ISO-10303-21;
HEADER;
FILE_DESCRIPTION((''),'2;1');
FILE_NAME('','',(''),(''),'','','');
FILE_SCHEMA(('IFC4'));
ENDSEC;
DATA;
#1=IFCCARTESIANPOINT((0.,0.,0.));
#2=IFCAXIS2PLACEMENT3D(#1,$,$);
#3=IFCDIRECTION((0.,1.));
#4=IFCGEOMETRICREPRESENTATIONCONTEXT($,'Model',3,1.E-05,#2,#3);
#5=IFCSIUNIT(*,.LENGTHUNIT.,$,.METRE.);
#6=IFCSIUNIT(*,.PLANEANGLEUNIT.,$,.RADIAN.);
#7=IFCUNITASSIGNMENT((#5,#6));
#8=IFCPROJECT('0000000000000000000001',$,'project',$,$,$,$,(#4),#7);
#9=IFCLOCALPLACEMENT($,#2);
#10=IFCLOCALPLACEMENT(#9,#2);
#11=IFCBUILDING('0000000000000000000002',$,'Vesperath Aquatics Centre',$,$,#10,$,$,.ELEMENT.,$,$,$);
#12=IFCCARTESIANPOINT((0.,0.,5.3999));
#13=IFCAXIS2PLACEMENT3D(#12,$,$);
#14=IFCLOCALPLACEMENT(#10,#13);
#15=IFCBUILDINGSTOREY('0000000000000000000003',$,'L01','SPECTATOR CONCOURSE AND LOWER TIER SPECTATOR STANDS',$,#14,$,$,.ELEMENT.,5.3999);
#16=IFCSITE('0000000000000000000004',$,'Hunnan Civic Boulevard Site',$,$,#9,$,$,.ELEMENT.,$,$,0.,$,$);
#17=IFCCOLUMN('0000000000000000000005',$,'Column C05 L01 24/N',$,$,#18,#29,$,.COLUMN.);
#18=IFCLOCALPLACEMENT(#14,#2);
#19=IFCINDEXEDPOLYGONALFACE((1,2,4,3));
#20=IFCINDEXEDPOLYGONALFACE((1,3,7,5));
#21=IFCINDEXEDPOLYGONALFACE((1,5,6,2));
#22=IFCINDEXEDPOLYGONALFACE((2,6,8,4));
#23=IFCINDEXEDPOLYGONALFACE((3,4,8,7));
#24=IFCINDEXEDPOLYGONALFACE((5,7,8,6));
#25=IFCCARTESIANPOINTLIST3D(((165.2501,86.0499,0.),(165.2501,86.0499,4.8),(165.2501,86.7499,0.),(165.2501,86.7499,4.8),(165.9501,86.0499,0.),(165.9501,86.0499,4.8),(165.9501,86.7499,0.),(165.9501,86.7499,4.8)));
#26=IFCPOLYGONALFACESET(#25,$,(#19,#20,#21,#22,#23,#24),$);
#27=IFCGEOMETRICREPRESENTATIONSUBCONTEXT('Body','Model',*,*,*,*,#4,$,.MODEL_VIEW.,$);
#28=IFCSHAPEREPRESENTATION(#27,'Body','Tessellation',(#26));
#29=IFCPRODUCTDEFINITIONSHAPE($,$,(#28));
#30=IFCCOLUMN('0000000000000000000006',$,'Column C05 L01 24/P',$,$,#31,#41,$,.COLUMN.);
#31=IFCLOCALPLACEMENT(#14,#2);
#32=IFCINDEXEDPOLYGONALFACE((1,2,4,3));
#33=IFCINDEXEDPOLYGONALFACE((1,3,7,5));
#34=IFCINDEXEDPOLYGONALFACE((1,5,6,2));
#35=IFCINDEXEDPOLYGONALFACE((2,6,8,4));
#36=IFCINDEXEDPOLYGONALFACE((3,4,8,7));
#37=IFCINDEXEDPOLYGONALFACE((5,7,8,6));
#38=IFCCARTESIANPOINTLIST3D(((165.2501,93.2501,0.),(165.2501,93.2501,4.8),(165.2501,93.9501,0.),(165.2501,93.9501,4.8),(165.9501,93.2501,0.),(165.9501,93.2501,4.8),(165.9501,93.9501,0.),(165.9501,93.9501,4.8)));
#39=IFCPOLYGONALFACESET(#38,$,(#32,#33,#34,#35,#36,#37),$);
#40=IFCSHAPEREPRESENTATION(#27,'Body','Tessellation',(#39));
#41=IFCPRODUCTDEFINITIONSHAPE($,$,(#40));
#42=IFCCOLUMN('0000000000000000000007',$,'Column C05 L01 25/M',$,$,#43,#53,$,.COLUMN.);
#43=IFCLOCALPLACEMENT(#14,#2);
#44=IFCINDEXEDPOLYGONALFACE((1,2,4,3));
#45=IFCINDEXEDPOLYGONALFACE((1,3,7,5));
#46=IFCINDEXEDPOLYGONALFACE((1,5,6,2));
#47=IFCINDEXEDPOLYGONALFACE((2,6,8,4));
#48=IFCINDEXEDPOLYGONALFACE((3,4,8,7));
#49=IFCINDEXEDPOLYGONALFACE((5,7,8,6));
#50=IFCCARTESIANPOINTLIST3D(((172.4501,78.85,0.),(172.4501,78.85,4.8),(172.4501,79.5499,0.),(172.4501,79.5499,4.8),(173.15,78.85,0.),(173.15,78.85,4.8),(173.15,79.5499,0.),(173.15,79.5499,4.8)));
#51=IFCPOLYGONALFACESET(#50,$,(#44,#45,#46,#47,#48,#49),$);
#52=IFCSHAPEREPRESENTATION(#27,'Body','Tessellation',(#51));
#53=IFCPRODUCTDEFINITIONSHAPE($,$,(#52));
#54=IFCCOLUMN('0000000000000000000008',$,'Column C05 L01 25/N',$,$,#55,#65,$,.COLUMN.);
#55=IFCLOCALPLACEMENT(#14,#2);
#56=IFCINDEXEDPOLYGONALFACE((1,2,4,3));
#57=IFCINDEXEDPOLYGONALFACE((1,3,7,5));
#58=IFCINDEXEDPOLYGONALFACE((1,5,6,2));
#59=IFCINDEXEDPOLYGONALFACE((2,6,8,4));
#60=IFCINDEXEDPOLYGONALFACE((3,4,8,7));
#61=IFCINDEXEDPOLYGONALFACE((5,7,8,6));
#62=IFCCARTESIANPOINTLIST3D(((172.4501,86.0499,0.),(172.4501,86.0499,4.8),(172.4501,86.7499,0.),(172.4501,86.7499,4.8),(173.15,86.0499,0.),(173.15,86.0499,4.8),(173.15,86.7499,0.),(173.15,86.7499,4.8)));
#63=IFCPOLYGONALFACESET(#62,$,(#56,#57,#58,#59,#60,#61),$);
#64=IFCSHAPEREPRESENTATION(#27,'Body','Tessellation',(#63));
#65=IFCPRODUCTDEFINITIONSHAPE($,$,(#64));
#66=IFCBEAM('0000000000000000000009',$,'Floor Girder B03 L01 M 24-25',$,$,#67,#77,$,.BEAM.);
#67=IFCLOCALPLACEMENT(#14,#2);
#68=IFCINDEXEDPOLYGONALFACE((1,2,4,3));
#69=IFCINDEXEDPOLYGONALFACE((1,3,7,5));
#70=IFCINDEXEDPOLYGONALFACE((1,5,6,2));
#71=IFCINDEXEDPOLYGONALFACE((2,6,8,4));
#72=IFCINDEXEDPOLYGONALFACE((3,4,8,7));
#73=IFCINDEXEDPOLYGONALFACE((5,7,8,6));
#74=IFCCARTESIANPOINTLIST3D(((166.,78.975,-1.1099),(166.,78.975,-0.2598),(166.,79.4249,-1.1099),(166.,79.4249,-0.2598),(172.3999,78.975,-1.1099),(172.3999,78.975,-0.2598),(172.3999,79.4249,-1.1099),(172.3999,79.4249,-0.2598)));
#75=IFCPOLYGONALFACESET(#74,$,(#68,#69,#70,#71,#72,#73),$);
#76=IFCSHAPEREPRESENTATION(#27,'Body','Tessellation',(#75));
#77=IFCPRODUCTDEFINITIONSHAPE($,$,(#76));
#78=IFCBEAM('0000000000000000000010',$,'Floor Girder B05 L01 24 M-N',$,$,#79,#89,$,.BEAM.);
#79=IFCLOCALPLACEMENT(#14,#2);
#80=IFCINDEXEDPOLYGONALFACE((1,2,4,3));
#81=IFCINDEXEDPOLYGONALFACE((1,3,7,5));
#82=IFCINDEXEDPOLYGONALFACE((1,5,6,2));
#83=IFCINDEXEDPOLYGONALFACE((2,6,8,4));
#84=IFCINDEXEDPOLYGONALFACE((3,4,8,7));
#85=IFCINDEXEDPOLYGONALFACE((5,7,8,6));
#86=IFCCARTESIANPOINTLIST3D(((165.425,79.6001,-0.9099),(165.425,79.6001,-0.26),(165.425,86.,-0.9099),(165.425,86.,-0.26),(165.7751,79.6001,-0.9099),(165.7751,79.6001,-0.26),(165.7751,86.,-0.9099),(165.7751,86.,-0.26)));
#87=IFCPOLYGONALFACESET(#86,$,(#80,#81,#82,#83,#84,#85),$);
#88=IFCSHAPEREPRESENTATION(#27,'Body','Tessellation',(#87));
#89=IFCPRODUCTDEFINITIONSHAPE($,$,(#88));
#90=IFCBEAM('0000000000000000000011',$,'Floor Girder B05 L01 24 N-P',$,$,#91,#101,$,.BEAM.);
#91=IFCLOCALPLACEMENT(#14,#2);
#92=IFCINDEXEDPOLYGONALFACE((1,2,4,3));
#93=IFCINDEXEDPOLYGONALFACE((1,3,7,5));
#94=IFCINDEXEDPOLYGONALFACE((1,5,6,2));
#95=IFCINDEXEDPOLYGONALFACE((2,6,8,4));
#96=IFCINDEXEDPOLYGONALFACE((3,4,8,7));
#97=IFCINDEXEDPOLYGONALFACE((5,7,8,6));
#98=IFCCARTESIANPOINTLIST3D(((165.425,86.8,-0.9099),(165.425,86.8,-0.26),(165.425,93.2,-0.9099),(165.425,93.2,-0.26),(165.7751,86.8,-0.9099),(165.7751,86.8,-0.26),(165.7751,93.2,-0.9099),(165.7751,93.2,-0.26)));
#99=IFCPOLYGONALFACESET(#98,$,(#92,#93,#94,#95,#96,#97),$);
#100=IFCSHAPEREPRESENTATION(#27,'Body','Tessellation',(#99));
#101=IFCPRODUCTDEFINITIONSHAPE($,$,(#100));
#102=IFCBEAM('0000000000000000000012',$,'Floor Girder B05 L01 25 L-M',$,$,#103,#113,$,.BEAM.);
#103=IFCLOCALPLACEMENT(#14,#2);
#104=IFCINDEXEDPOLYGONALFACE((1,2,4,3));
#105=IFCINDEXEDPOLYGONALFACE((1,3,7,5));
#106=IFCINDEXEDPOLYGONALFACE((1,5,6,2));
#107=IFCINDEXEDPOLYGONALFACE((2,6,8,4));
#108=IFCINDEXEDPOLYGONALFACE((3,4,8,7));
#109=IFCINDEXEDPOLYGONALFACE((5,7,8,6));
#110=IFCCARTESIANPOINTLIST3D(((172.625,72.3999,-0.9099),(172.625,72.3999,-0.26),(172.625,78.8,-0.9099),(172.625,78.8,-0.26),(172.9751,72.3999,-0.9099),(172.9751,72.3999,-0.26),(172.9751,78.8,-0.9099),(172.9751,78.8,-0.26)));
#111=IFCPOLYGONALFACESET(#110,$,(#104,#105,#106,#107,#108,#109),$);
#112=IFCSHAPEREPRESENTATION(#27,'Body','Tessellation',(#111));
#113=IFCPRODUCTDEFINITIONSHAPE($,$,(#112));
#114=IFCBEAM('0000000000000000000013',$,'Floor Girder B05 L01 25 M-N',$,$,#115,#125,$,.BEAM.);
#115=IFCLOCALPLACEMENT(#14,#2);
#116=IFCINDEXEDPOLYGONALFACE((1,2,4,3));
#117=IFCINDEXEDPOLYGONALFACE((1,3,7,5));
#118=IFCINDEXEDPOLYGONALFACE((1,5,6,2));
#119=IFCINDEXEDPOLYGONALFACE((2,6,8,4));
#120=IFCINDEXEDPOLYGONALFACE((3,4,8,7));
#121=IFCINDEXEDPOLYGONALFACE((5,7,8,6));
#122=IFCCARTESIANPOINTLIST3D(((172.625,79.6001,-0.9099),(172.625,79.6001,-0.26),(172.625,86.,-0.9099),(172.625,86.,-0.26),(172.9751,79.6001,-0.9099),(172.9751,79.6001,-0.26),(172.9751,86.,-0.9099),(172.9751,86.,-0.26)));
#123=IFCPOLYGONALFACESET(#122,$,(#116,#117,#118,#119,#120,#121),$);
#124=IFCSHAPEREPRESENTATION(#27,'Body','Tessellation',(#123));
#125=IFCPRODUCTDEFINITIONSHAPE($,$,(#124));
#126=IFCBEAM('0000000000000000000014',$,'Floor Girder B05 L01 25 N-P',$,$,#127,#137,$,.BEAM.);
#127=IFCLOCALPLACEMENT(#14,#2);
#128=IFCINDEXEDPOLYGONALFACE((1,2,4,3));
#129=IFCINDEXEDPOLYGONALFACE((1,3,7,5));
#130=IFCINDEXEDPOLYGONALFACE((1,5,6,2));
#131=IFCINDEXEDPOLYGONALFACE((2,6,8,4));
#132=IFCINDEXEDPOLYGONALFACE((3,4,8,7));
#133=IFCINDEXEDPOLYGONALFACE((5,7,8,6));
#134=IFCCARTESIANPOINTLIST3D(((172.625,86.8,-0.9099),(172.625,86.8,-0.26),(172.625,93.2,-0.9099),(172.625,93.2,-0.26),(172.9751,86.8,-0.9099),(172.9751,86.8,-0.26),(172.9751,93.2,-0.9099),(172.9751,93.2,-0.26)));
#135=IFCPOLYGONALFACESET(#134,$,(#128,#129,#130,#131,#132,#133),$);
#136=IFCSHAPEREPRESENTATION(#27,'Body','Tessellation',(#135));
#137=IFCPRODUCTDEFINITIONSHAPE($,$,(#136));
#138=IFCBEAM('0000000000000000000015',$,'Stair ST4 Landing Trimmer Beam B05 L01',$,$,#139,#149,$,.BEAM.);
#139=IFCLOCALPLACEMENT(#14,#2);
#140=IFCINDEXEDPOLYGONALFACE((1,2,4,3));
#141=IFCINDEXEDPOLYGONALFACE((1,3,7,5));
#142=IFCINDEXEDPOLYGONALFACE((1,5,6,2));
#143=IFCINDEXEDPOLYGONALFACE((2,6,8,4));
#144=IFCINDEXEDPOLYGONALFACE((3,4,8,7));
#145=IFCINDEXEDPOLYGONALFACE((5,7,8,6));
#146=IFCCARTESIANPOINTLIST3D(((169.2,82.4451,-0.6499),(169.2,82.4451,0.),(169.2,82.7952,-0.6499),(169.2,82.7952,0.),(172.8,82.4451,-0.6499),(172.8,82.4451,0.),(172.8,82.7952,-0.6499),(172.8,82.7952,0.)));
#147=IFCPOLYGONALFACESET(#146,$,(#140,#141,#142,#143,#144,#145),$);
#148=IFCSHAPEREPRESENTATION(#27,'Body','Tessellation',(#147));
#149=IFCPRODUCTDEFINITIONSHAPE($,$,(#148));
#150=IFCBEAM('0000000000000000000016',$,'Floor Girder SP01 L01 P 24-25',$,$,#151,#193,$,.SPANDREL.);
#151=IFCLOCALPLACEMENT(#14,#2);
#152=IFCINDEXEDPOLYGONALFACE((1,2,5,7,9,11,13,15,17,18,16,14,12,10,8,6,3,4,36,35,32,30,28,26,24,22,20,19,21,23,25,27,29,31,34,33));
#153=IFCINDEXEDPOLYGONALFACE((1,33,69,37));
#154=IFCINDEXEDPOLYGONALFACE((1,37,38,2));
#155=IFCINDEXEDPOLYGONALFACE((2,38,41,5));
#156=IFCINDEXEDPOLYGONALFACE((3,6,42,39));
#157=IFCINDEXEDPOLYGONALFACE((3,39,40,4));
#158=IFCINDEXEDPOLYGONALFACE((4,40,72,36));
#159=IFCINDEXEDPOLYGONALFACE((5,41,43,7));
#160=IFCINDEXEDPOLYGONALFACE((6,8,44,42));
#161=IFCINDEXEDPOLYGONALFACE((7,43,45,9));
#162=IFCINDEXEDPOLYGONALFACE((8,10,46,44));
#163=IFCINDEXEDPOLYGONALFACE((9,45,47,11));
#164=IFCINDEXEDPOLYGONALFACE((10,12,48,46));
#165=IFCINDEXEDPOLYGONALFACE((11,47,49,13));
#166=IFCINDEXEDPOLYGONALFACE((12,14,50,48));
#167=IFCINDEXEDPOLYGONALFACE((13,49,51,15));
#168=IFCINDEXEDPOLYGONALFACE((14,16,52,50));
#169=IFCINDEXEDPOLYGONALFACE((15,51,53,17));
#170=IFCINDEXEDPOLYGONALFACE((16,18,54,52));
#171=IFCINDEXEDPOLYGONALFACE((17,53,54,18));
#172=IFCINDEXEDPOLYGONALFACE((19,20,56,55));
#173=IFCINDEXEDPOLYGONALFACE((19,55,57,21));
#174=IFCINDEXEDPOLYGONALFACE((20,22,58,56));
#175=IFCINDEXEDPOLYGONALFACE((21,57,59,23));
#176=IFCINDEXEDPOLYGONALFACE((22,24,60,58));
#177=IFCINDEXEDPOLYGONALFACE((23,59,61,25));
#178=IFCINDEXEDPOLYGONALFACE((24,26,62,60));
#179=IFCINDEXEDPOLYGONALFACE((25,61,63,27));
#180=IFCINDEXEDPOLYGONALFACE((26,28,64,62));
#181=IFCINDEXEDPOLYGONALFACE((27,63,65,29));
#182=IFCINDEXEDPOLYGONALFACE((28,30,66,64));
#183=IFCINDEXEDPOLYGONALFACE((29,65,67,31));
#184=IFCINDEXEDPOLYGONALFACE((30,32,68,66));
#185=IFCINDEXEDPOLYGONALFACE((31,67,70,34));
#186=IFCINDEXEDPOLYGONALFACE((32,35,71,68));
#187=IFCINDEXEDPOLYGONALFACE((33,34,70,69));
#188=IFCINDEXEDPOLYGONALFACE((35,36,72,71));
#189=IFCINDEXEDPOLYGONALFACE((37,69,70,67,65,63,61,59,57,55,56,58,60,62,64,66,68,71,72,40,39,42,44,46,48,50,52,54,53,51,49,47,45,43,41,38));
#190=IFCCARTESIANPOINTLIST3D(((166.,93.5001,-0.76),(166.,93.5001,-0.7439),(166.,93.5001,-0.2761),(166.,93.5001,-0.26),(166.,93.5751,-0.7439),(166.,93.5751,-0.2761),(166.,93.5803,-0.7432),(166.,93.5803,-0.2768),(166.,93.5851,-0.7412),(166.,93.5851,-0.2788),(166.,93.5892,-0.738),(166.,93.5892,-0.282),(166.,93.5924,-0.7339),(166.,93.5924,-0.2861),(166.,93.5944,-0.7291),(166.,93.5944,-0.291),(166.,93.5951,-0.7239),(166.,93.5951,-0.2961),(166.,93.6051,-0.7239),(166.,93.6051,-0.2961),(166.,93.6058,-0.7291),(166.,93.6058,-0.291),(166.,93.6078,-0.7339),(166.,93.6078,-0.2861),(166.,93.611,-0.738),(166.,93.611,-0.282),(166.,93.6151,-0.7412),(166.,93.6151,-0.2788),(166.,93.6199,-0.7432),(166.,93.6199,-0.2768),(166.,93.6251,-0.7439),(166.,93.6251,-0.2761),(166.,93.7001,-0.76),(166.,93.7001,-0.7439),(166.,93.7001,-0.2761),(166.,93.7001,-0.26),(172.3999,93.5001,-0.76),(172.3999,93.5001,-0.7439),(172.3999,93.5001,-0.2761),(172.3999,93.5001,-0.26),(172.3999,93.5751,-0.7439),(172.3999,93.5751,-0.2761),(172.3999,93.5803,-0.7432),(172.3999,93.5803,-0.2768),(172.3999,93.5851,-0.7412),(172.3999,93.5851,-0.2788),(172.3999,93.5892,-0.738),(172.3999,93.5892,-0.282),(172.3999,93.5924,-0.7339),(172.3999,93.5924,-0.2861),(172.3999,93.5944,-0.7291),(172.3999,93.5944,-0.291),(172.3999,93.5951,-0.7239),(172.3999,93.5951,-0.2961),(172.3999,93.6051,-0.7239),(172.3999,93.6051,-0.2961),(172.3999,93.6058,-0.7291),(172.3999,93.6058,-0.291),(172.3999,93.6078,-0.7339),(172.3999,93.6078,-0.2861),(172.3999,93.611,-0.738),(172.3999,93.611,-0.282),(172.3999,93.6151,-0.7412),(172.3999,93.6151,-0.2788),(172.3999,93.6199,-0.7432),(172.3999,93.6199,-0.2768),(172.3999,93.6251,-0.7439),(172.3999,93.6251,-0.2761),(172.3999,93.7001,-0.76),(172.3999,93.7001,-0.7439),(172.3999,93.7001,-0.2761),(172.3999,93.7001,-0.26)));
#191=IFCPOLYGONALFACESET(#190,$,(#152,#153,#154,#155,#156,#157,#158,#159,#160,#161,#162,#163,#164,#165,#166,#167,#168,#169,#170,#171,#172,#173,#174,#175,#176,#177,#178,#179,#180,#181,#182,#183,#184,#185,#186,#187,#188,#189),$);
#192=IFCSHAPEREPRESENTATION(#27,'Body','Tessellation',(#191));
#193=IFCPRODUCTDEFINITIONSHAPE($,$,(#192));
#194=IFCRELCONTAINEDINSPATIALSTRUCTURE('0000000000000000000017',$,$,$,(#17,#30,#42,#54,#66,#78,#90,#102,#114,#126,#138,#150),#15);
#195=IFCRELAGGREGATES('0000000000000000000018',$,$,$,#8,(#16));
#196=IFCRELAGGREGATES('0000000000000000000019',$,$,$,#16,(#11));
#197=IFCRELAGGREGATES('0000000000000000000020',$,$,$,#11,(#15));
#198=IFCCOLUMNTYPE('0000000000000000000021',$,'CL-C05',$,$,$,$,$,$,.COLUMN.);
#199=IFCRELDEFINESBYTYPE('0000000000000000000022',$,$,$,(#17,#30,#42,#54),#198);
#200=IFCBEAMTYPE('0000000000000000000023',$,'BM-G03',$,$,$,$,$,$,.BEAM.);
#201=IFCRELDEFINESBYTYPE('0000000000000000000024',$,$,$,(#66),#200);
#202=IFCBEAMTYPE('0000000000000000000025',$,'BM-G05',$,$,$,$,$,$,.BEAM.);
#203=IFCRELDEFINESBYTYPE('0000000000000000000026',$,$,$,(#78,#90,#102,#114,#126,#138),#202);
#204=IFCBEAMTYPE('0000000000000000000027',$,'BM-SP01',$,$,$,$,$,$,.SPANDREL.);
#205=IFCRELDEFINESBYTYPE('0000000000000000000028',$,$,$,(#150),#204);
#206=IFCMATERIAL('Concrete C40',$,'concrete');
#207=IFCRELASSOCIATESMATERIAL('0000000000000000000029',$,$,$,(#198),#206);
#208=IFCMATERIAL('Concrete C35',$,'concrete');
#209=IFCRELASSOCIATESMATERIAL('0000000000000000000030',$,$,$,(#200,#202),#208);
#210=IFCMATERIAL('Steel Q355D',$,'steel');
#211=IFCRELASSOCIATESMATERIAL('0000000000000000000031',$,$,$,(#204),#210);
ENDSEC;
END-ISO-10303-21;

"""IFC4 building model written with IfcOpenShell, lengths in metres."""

from ifc_helpers import new_model, si_unit, direction, frame, origin, origin_2d, place, context, subcontext, project, spatial, rectangle, i_section, extrude, material, material_profile, profile_set, type_object, element, save


model = new_model("IFC4")

# Units and contexts
model_context = context("Model", 3, precision=1e-05, world=origin(), true_north=direction((0.0, 1.0)))
body_context = subcontext(model_context, "Body", "Model", "MODEL_VIEW")
ifc_project = project(units=[si_unit("LENGTHUNIT", "METRE"), si_unit("PLANEANGLEUNIT", "RADIAN")], contexts=[model_context])

# Site, building, storey
site_placement = place(None, origin())
site = spatial("IfcSite", under=ifc_project, at=site_placement, Name="Hunnan Civic Boulevard Site", CompositionType="ELEMENT", RefElevation=0.0)
building_placement = place(site_placement, origin())
building = spatial("IfcBuilding", under=site, at=building_placement, Name="Vesperath Aquatics Centre", CompositionType="ELEMENT")
storey_placement = place(building_placement, frame((0.0, 0.0, 5.3999)))
storey = spatial("IfcBuildingStorey", under=building, at=storey_placement, Name="L01", Description="SPECTATOR CONCOURSE AND LOWER TIER SPECTATOR STANDS", CompositionType="ELEMENT", Elevation=5.3999)

# Columns
ifc_material_1 = material(Name="Concrete C40", Category="concrete")
ifc_material_profile_1 = material_profile(ifc_material_1, rectangle(XDim=0.7, YDim=0.7, at=origin_2d()), Name="RC 700x700")
ifc_profile_set_1 = profile_set([ifc_material_profile_1], Name="Concrete C40")
column_type = type_object("IfcColumnType", Name="CL-C05", PredefinedType="COLUMN", material=ifc_profile_set_1)
for number, where, z_axis, x_axis, name in (
    (1, (165.6001, 86.3999, 0.0), (0.0, 0.0, 1.0), (1.0, 0.0, 0.0), "Column C05 L01 24/N"),
    (2, (165.6001, 93.6001, 0.0), (0.0, 0.0, 1.0), (1.0, 0.0, 0.0), "Column C05 L01 24/P"),
    (3, (172.8, 79.2, 0.0), (0.0, 0.0, 1.0), (1.0, 0.0, 0.0), "Column C05 L01 25/M"),
    (4, (172.8, 86.3999, 0.0), (0.0, 0.0, 1.0), (1.0, 0.0, 0.0), "Column C05 L01 25/N"),
):
    element("IfcColumn", number, at=place(storey_placement, frame(where, z_axis=z_axis, x_axis=x_axis)), inside=storey, type_object=column_type, Name=name, PredefinedType="COLUMN", context=body_context, shape_type="SweptSolid", body=[
        extrude(rectangle(XDim=0.7, YDim=0.7, at=origin_2d()), origin(), (0.0, 0.0, 1.0), 4.8),
    ])

# Beams
ifc_material_2 = material(Name="Concrete C35", Category="concrete")
ifc_material_profile_2 = material_profile(ifc_material_2, rectangle(XDim=0.45, YDim=0.8501, at=origin_2d()), Name="RC 450x850")
ifc_profile_set_2 = profile_set([ifc_material_profile_2], Name="Concrete C35")
beam_type_1 = type_object("IfcBeamType", Name="BM-G03", PredefinedType="BEAM", material=ifc_profile_set_2)
beam_1_placement = place(storey_placement, frame((166.0, 79.2, -0.6848), z_axis=(1.0, 0.0, 0.0), x_axis=(0.0, 1.0, 0.0)))
element("IfcBeam", 5, at=beam_1_placement, inside=storey, type_object=beam_type_1, Name="Floor Girder B03 L01 M 24-25", PredefinedType="BEAM", context=body_context, shape_type="SweptSolid", body=[
    extrude(rectangle(XDim=0.45, YDim=0.8501, at=origin_2d()), origin(), (0.0, 0.0, 1.0), 6.3999),
])
ifc_material_profile_3 = material_profile(ifc_material_2, rectangle(XDim=0.3501, YDim=0.6499, at=origin_2d()), Name="RC 350x650")
ifc_profile_set_3 = profile_set([ifc_material_profile_3], Name="Concrete C35")
beam_type_2 = type_object("IfcBeamType", Name="BM-G05", PredefinedType="BEAM", material=ifc_profile_set_3)
for number, where, z_axis, x_axis, name in (
    (6, (165.6001, 79.6001, -0.585), (0.0, 1.0, 0.0), (-1.0, 0.0, 0.0), "Floor Girder B05 L01 24 M-N"),
    (7, (165.6001, 86.8, -0.585), (0.0, 1.0, 0.0), (-1.0, 0.0, 0.0), "Floor Girder B05 L01 24 N-P"),
):
    element("IfcBeam", number, at=place(storey_placement, frame(where, z_axis=z_axis, x_axis=x_axis)), inside=storey, type_object=beam_type_2, Name=name, PredefinedType="BEAM", context=body_context, shape_type="SweptSolid", body=[
        extrude(rectangle(XDim=0.3501, YDim=0.6499, at=origin_2d()), origin(), (0.0, 0.0, 1.0), 6.3999),
    ])
beam_2_placement = place(storey_placement, frame((172.8, 72.3999, -0.585), z_axis=(0.0, 1.0, 0.0), x_axis=(-1.0, 0.0, 0.0)))
element("IfcBeam", 8, at=beam_2_placement, inside=storey, type_object=beam_type_2, Name="Floor Girder B05 L01 25 L-M", PredefinedType="BEAM", context=body_context, shape_type="SweptSolid", body=[
    extrude(rectangle(XDim=0.3501, YDim=0.6499, at=origin_2d()), origin(), (0.0, 0.0, 1.0), 6.4001),
])
for number, where, z_axis, x_axis, name in (
    (9, (172.8, 79.6001, -0.585), (0.0, 1.0, 0.0), (-1.0, 0.0, 0.0), "Floor Girder B05 L01 25 M-N"),
    (10, (172.8, 86.8, -0.585), (0.0, 1.0, 0.0), (-1.0, 0.0, 0.0), "Floor Girder B05 L01 25 N-P"),
):
    element("IfcBeam", number, at=place(storey_placement, frame(where, z_axis=z_axis, x_axis=x_axis)), inside=storey, type_object=beam_type_2, Name=name, PredefinedType="BEAM", context=body_context, shape_type="SweptSolid", body=[
        extrude(rectangle(XDim=0.3501, YDim=0.6499, at=origin_2d()), origin(), (0.0, 0.0, 1.0), 6.3999),
    ])
beam_3_placement = place(storey_placement, frame((169.2, 82.6201, -0.325), z_axis=(1.0, 0.0, 0.0), x_axis=(0.0, 1.0, 0.0)))
element("IfcBeam", 11, at=beam_3_placement, inside=storey, type_object=beam_type_2, Name="Stair ST4 Landing Trimmer Beam B05 L01", PredefinedType="BEAM", context=body_context, shape_type="SweptSolid", body=[
    extrude(rectangle(XDim=0.3501, YDim=0.6499, at=origin_2d()), origin(), (0.0, 0.0, 1.0), 3.6001),
])
ifc_material_3 = material(Name="Steel Q355D", Category="steel")
ifc_material_profile_4 = material_profile(ifc_material_3, i_section(OverallWidth=0.2, OverallDepth=0.5, WebThickness=0.01, FlangeThickness=0.0161, FilletRadius=0.02, at=origin_2d()), Name="HN 500x200x10x16")
ifc_profile_set_4 = profile_set([ifc_material_profile_4], Name="Steel Q355D")
beam_type_3 = type_object("IfcBeamType", Name="BM-SP01", PredefinedType="SPANDREL", material=ifc_profile_set_4)
beam_4_placement = place(storey_placement, frame((166.0, 93.6001, -0.51), z_axis=(1.0, 0.0, 0.0), x_axis=(0.0, 1.0, 0.0)))
element("IfcBeam", 12, at=beam_4_placement, inside=storey, type_object=beam_type_3, Name="Floor Girder SP01 L01 P 24-25", PredefinedType="SPANDREL", context=body_context, shape_type="SweptSolid", body=[
    extrude(i_section(OverallWidth=0.2, OverallDepth=0.5, WebThickness=0.01, FlangeThickness=0.0161, FilletRadius=0.02, at=origin_2d()), origin(), (0.0, 0.0, 1.0), 6.3999),
])

save(model, "model.ifc")
